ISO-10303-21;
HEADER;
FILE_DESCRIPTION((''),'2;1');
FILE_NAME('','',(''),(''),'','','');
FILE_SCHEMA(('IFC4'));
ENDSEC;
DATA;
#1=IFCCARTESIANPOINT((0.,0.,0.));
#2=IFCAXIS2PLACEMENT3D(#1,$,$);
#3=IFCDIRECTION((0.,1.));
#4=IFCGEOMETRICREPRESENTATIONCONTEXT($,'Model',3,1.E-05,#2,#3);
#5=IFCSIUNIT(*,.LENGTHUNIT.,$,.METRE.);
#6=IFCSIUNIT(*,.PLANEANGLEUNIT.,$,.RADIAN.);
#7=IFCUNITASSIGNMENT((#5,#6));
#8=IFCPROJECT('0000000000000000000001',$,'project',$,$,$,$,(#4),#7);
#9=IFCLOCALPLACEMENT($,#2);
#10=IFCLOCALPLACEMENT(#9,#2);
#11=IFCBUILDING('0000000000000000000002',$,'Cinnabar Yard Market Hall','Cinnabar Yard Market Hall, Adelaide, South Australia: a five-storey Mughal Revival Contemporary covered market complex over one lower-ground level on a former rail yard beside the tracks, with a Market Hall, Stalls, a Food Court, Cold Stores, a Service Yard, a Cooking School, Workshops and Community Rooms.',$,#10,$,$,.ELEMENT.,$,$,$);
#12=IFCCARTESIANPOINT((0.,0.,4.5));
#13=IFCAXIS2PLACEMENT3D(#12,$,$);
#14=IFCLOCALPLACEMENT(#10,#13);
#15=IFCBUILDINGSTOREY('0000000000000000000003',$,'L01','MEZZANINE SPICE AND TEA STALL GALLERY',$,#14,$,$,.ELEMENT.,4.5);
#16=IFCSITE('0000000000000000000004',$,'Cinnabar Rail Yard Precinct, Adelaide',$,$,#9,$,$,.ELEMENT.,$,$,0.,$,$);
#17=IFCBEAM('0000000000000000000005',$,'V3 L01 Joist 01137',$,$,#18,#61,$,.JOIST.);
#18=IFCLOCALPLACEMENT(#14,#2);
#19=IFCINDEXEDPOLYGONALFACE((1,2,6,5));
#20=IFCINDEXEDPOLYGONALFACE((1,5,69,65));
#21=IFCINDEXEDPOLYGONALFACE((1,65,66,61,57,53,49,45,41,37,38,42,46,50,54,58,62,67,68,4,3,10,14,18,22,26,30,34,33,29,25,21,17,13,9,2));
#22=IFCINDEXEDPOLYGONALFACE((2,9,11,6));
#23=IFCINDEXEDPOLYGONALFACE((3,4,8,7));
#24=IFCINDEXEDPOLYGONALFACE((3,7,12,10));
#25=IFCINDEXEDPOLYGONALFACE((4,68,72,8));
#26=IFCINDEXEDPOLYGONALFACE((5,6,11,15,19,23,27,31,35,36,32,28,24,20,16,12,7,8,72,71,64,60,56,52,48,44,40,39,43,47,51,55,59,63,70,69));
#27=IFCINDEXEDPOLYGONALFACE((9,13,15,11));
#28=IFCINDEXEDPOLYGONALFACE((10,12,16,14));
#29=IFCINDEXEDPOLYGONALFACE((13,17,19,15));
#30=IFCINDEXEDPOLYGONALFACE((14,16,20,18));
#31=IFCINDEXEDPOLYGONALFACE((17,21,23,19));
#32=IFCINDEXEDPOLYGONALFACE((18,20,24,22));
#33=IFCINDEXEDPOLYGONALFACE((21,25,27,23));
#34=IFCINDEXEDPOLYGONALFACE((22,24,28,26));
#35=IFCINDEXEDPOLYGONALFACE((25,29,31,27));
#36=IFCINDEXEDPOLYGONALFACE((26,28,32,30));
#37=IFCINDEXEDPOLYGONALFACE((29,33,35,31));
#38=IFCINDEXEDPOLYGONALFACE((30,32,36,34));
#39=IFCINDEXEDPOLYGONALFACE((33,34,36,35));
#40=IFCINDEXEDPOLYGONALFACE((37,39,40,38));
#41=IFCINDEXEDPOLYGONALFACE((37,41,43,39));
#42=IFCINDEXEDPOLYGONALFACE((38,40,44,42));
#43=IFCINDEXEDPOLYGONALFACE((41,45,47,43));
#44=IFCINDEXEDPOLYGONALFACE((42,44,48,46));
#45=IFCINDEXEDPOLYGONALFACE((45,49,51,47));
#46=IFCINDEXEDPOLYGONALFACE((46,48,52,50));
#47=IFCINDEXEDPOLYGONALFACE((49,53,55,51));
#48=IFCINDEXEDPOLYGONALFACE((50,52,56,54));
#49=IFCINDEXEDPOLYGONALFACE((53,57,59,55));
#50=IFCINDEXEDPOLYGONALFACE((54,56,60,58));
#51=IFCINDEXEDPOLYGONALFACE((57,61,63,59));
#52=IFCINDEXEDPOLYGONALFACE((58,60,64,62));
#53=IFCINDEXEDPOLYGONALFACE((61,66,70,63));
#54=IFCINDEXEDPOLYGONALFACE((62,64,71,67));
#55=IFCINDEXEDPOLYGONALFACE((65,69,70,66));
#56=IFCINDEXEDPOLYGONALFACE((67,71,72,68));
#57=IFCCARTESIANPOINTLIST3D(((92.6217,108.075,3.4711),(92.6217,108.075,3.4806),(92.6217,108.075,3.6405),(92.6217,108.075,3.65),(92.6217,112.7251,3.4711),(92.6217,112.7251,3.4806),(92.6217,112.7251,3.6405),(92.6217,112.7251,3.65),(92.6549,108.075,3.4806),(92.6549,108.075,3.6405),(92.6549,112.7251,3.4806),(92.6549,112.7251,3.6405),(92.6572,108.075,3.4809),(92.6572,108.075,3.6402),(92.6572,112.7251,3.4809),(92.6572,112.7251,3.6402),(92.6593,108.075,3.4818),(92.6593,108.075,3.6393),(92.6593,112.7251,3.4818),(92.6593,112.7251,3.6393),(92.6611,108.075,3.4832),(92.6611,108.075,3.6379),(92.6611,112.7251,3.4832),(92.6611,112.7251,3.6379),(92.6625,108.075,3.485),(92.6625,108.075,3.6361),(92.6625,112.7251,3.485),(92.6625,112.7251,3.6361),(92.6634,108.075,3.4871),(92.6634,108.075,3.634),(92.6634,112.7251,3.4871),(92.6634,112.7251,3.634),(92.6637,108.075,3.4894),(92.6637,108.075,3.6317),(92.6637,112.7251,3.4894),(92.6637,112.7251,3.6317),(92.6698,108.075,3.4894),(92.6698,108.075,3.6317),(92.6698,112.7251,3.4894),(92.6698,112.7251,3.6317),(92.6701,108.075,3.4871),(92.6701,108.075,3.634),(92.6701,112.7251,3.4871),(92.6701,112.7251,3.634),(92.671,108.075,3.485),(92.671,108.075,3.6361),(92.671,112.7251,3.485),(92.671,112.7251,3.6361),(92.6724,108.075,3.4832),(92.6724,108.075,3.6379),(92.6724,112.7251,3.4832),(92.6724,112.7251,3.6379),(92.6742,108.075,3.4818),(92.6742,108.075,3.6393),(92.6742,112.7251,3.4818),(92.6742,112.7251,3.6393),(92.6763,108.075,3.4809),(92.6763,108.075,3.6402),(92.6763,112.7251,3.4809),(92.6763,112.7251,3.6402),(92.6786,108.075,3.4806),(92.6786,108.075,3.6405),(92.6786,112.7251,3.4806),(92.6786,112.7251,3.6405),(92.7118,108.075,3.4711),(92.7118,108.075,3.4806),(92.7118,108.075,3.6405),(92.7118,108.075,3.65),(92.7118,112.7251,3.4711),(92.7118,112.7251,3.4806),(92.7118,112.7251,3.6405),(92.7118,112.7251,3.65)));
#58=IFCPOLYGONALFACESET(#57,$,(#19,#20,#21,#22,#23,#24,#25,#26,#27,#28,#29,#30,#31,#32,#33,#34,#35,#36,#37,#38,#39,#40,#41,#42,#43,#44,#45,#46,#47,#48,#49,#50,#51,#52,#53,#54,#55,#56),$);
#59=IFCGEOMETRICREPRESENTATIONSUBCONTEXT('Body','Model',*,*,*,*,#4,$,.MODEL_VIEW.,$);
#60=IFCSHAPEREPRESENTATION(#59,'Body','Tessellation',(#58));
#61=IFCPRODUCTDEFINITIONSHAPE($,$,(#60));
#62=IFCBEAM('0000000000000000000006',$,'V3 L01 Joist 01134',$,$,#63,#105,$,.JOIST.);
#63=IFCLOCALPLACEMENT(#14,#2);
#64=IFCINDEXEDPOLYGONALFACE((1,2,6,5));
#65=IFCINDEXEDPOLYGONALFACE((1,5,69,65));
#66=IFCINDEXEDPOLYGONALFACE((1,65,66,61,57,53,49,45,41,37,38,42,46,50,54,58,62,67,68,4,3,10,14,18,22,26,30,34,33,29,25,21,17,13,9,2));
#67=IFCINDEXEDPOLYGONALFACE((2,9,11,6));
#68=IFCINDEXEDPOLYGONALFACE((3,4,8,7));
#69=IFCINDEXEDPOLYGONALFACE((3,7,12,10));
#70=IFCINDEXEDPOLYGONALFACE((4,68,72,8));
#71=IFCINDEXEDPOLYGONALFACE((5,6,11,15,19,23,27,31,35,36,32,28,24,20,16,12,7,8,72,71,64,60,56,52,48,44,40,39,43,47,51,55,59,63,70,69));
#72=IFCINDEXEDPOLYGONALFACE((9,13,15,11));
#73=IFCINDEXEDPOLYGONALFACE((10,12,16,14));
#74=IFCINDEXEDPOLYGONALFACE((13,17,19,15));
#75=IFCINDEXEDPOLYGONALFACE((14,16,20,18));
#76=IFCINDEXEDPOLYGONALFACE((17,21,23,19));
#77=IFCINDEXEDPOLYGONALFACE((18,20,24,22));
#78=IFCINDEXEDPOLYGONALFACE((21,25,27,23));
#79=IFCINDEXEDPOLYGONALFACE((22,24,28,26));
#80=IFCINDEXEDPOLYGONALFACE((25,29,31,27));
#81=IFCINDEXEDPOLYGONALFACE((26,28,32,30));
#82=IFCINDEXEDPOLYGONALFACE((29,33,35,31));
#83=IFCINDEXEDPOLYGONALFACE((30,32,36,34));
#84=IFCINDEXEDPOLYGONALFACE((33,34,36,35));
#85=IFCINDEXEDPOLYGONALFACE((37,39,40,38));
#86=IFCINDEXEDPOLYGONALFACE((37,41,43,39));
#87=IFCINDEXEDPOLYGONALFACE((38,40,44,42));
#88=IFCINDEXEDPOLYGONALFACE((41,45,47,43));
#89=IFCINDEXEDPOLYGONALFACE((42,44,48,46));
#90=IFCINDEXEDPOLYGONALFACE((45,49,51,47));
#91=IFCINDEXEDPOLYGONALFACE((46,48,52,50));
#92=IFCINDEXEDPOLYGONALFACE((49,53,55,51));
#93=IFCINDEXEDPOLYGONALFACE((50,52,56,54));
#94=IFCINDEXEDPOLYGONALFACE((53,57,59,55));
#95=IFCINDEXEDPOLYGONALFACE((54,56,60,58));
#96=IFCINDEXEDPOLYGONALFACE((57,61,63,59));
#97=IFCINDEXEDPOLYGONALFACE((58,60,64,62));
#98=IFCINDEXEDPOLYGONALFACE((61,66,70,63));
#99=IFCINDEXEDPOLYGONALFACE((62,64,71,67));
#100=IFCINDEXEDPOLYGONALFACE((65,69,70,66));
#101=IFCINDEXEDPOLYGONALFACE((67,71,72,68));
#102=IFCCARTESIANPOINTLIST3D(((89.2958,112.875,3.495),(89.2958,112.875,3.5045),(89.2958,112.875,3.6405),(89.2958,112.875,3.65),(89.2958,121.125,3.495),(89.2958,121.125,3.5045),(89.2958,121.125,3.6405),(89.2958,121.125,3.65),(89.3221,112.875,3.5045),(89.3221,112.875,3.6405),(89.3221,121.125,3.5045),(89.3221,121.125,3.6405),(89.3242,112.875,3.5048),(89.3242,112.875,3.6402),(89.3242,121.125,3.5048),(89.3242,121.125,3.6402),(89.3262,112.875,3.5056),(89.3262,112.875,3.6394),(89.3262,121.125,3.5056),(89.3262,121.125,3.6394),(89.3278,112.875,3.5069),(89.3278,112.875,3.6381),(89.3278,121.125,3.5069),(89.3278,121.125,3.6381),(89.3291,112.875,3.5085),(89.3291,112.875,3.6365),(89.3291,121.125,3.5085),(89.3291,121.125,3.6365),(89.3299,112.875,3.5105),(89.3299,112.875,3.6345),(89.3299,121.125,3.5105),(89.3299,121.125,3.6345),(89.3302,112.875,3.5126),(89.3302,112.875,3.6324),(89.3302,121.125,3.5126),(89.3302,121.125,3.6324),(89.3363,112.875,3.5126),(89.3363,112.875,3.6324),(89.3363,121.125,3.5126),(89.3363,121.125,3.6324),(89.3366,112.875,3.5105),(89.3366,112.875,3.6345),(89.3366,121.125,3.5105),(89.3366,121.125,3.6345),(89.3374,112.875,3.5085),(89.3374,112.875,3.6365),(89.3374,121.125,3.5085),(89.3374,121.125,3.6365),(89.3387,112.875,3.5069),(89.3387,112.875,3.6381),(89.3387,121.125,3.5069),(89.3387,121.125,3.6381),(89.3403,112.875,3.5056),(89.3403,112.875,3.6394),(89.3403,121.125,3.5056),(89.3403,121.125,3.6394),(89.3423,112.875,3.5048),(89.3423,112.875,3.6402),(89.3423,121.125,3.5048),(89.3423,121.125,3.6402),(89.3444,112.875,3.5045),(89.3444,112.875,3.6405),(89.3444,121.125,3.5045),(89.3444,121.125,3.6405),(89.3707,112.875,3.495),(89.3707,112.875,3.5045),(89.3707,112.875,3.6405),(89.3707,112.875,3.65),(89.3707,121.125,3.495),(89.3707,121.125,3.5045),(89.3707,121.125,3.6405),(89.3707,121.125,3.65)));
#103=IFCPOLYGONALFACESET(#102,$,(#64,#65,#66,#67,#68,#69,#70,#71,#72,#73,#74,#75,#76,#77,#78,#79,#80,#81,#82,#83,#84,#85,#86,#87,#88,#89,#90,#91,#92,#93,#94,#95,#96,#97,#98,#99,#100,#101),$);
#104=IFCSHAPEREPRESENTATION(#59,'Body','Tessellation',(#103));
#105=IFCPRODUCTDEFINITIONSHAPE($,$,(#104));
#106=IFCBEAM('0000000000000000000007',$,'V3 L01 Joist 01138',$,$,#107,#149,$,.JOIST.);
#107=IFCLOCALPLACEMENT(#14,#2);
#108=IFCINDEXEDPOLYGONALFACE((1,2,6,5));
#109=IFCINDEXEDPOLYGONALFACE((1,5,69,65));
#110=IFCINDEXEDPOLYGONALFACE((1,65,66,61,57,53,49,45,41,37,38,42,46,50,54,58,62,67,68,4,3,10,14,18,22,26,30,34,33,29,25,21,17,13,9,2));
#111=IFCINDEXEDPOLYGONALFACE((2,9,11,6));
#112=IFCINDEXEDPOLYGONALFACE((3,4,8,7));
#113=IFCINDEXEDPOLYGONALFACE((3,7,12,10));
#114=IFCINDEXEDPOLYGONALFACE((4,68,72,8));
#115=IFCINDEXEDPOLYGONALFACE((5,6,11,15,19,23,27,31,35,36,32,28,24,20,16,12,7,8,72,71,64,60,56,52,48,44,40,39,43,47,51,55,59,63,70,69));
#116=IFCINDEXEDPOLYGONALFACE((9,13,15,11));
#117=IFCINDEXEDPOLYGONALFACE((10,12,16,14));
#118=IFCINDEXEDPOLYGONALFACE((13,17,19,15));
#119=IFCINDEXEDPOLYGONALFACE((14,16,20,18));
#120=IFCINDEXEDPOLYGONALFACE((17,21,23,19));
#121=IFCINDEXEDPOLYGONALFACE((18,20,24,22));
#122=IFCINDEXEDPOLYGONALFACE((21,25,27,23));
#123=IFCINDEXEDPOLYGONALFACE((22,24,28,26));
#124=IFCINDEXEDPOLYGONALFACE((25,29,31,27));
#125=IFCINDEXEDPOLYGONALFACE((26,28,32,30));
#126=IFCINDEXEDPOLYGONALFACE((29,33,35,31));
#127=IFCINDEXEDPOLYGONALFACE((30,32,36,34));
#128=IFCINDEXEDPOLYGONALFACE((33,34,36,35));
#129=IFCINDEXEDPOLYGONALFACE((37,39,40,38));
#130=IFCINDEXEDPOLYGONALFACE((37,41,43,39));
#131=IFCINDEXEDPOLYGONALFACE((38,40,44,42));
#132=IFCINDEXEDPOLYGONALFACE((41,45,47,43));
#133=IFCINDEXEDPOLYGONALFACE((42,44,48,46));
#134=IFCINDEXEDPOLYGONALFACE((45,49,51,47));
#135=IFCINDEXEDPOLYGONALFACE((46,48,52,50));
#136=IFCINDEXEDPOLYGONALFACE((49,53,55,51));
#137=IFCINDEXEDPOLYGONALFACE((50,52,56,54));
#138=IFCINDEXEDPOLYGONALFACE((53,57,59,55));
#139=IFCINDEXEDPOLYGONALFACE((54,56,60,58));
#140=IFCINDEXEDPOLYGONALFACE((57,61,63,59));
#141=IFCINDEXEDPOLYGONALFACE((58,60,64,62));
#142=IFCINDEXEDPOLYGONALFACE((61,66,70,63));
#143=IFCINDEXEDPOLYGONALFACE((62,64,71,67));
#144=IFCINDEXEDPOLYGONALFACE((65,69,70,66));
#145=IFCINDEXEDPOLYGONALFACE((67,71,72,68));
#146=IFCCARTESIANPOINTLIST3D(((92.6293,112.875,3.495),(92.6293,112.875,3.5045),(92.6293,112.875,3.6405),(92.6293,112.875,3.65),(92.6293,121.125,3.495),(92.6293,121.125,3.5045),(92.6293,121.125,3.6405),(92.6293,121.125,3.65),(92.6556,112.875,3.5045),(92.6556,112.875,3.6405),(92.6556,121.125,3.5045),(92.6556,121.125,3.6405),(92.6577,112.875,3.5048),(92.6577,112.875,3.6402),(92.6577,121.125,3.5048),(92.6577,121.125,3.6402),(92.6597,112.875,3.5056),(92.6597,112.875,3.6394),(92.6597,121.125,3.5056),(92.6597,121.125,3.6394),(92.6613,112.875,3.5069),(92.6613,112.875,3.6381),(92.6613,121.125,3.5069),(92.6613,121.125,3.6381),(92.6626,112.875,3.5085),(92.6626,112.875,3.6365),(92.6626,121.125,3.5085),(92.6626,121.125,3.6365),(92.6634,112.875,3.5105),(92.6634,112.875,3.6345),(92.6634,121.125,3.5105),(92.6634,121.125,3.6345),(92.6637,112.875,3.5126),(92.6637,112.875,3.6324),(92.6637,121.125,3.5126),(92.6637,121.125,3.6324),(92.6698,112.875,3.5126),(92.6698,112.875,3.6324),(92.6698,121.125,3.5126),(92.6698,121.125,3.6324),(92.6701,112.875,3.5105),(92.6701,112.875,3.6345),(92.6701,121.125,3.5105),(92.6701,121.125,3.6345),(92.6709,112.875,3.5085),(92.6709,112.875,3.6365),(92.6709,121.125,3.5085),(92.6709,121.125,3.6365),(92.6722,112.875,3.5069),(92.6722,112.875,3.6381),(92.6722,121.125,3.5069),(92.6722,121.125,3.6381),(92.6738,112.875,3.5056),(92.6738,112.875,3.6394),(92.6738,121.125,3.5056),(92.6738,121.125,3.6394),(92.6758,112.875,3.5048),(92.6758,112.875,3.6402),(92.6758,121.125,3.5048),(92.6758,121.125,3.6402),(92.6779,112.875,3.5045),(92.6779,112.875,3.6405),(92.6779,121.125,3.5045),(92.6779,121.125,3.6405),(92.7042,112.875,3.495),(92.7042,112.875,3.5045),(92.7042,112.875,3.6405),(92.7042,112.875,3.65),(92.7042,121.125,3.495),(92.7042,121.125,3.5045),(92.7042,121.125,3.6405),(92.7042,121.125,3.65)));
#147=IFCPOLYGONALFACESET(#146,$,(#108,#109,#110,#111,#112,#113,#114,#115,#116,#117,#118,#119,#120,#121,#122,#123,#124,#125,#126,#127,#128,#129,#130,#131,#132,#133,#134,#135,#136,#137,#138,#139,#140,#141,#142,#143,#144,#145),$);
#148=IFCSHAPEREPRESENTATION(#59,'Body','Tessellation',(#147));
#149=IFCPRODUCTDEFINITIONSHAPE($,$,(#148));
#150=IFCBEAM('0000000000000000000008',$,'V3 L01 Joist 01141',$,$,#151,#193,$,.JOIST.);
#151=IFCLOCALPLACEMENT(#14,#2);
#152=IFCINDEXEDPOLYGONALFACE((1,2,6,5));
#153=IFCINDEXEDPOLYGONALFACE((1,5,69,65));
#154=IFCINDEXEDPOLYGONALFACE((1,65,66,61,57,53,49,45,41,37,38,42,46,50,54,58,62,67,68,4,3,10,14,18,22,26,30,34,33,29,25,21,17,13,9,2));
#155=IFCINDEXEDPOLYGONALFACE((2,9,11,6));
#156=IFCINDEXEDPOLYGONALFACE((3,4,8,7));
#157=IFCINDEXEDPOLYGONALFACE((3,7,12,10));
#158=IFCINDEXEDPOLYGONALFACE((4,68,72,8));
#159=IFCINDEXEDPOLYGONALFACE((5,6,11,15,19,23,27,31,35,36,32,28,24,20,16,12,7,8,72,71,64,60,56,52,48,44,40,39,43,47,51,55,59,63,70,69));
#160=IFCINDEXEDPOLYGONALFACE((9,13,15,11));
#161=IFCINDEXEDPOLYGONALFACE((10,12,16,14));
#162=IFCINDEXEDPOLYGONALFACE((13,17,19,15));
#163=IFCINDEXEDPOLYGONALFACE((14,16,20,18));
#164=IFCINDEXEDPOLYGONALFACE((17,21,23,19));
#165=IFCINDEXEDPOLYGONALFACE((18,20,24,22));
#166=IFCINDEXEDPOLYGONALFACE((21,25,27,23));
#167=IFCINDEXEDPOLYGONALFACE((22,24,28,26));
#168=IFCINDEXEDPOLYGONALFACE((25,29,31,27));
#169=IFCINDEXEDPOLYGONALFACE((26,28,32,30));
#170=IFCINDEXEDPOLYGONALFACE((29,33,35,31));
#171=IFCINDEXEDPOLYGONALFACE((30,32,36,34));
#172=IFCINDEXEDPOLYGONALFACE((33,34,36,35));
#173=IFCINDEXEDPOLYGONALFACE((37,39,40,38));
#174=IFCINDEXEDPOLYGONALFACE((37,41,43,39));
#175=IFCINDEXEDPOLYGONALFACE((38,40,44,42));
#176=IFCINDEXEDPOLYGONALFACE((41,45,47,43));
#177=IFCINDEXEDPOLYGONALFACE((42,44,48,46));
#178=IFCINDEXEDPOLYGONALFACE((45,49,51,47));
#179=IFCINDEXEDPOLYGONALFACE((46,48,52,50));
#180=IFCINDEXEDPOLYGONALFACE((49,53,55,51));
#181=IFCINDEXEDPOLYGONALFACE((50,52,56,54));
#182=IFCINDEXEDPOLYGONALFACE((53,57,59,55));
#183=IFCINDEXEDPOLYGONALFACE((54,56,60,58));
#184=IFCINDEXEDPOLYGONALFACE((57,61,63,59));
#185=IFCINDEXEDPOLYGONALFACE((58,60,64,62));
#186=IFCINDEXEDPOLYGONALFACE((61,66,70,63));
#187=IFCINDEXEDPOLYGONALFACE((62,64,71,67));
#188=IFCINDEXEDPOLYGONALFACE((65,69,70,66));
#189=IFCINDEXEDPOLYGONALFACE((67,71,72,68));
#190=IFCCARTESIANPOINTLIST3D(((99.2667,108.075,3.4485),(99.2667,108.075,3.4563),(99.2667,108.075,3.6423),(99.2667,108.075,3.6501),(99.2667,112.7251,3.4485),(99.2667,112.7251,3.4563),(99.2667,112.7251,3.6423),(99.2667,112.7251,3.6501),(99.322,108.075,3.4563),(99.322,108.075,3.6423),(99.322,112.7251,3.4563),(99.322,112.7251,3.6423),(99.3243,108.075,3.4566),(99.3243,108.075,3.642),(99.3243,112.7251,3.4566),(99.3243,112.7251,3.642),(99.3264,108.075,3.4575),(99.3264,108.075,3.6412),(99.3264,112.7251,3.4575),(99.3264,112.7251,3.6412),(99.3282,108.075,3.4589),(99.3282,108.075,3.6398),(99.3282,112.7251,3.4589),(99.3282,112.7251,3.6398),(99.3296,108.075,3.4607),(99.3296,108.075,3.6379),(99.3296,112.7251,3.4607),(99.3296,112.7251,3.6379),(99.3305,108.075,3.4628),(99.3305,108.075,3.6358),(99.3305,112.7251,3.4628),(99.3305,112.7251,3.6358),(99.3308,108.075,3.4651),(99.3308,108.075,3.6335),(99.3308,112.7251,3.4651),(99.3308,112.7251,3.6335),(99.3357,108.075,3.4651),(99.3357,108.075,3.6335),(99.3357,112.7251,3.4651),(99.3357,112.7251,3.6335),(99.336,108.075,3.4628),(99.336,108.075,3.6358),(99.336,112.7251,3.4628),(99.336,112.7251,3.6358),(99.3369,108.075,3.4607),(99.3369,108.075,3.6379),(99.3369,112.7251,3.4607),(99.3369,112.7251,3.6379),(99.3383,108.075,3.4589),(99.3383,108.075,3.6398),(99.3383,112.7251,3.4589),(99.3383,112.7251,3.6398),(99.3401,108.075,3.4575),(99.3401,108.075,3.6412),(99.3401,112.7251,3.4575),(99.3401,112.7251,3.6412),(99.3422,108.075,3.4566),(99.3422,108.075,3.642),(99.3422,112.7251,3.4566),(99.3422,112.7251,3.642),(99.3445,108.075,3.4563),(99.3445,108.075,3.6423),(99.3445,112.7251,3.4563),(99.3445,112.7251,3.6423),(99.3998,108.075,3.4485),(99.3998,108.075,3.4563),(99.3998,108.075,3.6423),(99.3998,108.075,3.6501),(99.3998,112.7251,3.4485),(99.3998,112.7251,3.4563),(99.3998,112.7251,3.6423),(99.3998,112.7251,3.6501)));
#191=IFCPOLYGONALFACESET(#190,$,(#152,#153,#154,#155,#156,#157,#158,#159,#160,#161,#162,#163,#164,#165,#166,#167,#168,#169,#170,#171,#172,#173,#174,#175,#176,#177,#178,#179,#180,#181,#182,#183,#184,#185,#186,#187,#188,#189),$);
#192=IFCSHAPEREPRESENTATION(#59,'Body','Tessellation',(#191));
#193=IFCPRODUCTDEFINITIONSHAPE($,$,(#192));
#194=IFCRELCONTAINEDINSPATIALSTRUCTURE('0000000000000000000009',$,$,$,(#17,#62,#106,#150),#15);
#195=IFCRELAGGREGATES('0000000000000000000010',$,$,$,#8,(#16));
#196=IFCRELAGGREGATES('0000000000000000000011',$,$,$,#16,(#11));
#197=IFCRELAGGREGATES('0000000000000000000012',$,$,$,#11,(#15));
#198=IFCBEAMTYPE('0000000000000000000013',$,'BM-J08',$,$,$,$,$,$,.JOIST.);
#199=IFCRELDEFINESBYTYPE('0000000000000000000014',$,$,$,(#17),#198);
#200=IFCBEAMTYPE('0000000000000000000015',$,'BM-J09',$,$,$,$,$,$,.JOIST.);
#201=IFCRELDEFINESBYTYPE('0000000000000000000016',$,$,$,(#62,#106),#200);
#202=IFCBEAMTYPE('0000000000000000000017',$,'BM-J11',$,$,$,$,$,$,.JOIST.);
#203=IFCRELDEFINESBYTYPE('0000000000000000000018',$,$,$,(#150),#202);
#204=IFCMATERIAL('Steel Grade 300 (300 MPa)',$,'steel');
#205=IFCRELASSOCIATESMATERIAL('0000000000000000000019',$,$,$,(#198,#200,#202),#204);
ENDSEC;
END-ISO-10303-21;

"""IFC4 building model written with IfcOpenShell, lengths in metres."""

from ifc_helpers import new_model, si_unit, direction, frame, origin, origin_2d_with_axis, place, context, subcontext, project, spatial, i_section, extrude, material, material_profile, profile_set, type_object, element, save


model = new_model("IFC4")

# Units and contexts
model_context = context("Model", 3, precision=1e-05, world=origin(), true_north=direction((0.0, 1.0)))
body_context = subcontext(model_context, "Body", "Model", "MODEL_VIEW")
ifc_project = project(units=[si_unit("LENGTHUNIT", "METRE"), si_unit("PLANEANGLEUNIT", "RADIAN")], contexts=[model_context])

# Site, building, storey
site_placement = place(None, origin())
site = spatial("IfcSite", under=ifc_project, at=site_placement, Name="Cinnabar Rail Yard Precinct, Adelaide", CompositionType="ELEMENT", RefElevation=0.0)
building_placement = place(site_placement, origin())
building = spatial("IfcBuilding", under=site, at=building_placement, Name="Cinnabar Yard Market Hall", Description="Cinnabar Yard Market Hall, Adelaide, South Australia: a five-storey Mughal Revival Contemporary covered market complex over one lower-ground level on a former rail yard beside the tracks, with a Market Hall, Stalls, a Food Court, Cold Stores, a Service Yard, a Cooking School, Workshops and Community Rooms.", CompositionType="ELEMENT")
storey_placement = place(building_placement, frame((0.0, 0.0, 4.5)))
storey = spatial("IfcBuildingStorey", under=building, at=storey_placement, Name="L01", Description="MEZZANINE SPICE AND TEA STALL GALLERY", CompositionType="ELEMENT", Elevation=4.5)

# Shared definitions
ifc_material_1 = material(Name="Steel Grade 300 (300 MPa)", Category="steel")

# Beams
ifc_material_profile_1 = material_profile(ifc_material_1, i_section(OverallWidth=0.0901, OverallDepth=0.179, WebThickness=0.0061, FlangeThickness=0.0095, FilletRadius=0.0088, at=origin_2d_with_axis()), Name="180UB22.2")
ifc_profile_set_1 = profile_set([ifc_material_profile_1], Name="Steel Grade 300 (300 MPa)")
beam_type_1 = type_object("IfcBeamType", Name="BM-J08", PredefinedType="JOIST", material=ifc_profile_set_1)
for number, where, z_axis, x_axis, name in (
    (1, (92.6667, 108.075, 3.5605), (0.0, 1.0, 0.0), (-1.0, 0.0, 0.0), "V3 L01 Joist 01137"),
):
    element("IfcBeam", number, at=place(storey_placement, frame(where, z_axis=z_axis, x_axis=x_axis)), inside=storey, type_object=beam_type_1, Name=name, PredefinedType="JOIST", context=body_context, shape_type="SweptSolid", body=[
        extrude(i_section(OverallWidth=0.0901, OverallDepth=0.179, WebThickness=0.0061, FlangeThickness=0.0095, FilletRadius=0.0088, at=origin_2d_with_axis()), origin(), (0.0, 0.0, 1.0), 4.6501),
    ])
ifc_material_profile_2 = material_profile(ifc_material_1, i_section(OverallWidth=0.075, OverallDepth=0.155, WebThickness=0.0061, FlangeThickness=0.0095, FilletRadius=0.0081, at=origin_2d_with_axis()), Name="150UB18.0")
ifc_profile_set_2 = profile_set([ifc_material_profile_2], Name="Steel Grade 300 (300 MPa)")
beam_type_2 = type_object("IfcBeamType", Name="BM-J09", PredefinedType="JOIST", material=ifc_profile_set_2)
for number, where, z_axis, x_axis, name in (
    (2, (89.3333, 112.875, 3.5725), (0.0, 1.0, 0.0), (-1.0, 0.0, 0.0), "V3 L01 Joist 01134"),
    (3, (92.6667, 112.875, 3.5725), (0.0, 1.0, 0.0), (-1.0, 0.0, 0.0), "V3 L01 Joist 01138"),
):
    element("IfcBeam", number, at=place(storey_placement, frame(where, z_axis=z_axis, x_axis=x_axis)), inside=storey, type_object=beam_type_2, Name=name, PredefinedType="JOIST", context=body_context, shape_type="SweptSolid", body=[
        extrude(i_section(OverallWidth=0.075, OverallDepth=0.155, WebThickness=0.0061, FlangeThickness=0.0095, FilletRadius=0.0081, at=origin_2d_with_axis()), origin(), (0.0, 0.0, 1.0), 8.25),
    ])
ifc_material_profile_3 = material_profile(ifc_material_1, i_section(OverallWidth=0.1331, OverallDepth=0.2017, WebThickness=0.0049, FlangeThickness=0.0078, FilletRadius=0.0088, at=origin_2d_with_axis()), Name="200UB22.3")
ifc_profile_set_3 = profile_set([ifc_material_profile_3], Name="Steel Grade 300 (300 MPa)")
beam_type_3 = type_object("IfcBeamType", Name="BM-J11", PredefinedType="JOIST", material=ifc_profile_set_3)
for number, where, z_axis, x_axis, name in (
    (4, (99.3333, 108.075, 3.5493), (0.0, 1.0, 0.0), (-1.0, 0.0, 0.0), "V3 L01 Joist 01141"),
):
    element("IfcBeam", number, at=place(storey_placement, frame(where, z_axis=z_axis, x_axis=x_axis)), inside=storey, type_object=beam_type_3, Name=name, PredefinedType="JOIST", context=body_context, shape_type="SweptSolid", body=[
        extrude(i_section(OverallWidth=0.1331, OverallDepth=0.2017, WebThickness=0.0049, FlangeThickness=0.0078, FilletRadius=0.0088, at=origin_2d_with_axis()), origin(), (0.0, 0.0, 1.0), 4.6501),
    ])

save(model, "model.ifc")
